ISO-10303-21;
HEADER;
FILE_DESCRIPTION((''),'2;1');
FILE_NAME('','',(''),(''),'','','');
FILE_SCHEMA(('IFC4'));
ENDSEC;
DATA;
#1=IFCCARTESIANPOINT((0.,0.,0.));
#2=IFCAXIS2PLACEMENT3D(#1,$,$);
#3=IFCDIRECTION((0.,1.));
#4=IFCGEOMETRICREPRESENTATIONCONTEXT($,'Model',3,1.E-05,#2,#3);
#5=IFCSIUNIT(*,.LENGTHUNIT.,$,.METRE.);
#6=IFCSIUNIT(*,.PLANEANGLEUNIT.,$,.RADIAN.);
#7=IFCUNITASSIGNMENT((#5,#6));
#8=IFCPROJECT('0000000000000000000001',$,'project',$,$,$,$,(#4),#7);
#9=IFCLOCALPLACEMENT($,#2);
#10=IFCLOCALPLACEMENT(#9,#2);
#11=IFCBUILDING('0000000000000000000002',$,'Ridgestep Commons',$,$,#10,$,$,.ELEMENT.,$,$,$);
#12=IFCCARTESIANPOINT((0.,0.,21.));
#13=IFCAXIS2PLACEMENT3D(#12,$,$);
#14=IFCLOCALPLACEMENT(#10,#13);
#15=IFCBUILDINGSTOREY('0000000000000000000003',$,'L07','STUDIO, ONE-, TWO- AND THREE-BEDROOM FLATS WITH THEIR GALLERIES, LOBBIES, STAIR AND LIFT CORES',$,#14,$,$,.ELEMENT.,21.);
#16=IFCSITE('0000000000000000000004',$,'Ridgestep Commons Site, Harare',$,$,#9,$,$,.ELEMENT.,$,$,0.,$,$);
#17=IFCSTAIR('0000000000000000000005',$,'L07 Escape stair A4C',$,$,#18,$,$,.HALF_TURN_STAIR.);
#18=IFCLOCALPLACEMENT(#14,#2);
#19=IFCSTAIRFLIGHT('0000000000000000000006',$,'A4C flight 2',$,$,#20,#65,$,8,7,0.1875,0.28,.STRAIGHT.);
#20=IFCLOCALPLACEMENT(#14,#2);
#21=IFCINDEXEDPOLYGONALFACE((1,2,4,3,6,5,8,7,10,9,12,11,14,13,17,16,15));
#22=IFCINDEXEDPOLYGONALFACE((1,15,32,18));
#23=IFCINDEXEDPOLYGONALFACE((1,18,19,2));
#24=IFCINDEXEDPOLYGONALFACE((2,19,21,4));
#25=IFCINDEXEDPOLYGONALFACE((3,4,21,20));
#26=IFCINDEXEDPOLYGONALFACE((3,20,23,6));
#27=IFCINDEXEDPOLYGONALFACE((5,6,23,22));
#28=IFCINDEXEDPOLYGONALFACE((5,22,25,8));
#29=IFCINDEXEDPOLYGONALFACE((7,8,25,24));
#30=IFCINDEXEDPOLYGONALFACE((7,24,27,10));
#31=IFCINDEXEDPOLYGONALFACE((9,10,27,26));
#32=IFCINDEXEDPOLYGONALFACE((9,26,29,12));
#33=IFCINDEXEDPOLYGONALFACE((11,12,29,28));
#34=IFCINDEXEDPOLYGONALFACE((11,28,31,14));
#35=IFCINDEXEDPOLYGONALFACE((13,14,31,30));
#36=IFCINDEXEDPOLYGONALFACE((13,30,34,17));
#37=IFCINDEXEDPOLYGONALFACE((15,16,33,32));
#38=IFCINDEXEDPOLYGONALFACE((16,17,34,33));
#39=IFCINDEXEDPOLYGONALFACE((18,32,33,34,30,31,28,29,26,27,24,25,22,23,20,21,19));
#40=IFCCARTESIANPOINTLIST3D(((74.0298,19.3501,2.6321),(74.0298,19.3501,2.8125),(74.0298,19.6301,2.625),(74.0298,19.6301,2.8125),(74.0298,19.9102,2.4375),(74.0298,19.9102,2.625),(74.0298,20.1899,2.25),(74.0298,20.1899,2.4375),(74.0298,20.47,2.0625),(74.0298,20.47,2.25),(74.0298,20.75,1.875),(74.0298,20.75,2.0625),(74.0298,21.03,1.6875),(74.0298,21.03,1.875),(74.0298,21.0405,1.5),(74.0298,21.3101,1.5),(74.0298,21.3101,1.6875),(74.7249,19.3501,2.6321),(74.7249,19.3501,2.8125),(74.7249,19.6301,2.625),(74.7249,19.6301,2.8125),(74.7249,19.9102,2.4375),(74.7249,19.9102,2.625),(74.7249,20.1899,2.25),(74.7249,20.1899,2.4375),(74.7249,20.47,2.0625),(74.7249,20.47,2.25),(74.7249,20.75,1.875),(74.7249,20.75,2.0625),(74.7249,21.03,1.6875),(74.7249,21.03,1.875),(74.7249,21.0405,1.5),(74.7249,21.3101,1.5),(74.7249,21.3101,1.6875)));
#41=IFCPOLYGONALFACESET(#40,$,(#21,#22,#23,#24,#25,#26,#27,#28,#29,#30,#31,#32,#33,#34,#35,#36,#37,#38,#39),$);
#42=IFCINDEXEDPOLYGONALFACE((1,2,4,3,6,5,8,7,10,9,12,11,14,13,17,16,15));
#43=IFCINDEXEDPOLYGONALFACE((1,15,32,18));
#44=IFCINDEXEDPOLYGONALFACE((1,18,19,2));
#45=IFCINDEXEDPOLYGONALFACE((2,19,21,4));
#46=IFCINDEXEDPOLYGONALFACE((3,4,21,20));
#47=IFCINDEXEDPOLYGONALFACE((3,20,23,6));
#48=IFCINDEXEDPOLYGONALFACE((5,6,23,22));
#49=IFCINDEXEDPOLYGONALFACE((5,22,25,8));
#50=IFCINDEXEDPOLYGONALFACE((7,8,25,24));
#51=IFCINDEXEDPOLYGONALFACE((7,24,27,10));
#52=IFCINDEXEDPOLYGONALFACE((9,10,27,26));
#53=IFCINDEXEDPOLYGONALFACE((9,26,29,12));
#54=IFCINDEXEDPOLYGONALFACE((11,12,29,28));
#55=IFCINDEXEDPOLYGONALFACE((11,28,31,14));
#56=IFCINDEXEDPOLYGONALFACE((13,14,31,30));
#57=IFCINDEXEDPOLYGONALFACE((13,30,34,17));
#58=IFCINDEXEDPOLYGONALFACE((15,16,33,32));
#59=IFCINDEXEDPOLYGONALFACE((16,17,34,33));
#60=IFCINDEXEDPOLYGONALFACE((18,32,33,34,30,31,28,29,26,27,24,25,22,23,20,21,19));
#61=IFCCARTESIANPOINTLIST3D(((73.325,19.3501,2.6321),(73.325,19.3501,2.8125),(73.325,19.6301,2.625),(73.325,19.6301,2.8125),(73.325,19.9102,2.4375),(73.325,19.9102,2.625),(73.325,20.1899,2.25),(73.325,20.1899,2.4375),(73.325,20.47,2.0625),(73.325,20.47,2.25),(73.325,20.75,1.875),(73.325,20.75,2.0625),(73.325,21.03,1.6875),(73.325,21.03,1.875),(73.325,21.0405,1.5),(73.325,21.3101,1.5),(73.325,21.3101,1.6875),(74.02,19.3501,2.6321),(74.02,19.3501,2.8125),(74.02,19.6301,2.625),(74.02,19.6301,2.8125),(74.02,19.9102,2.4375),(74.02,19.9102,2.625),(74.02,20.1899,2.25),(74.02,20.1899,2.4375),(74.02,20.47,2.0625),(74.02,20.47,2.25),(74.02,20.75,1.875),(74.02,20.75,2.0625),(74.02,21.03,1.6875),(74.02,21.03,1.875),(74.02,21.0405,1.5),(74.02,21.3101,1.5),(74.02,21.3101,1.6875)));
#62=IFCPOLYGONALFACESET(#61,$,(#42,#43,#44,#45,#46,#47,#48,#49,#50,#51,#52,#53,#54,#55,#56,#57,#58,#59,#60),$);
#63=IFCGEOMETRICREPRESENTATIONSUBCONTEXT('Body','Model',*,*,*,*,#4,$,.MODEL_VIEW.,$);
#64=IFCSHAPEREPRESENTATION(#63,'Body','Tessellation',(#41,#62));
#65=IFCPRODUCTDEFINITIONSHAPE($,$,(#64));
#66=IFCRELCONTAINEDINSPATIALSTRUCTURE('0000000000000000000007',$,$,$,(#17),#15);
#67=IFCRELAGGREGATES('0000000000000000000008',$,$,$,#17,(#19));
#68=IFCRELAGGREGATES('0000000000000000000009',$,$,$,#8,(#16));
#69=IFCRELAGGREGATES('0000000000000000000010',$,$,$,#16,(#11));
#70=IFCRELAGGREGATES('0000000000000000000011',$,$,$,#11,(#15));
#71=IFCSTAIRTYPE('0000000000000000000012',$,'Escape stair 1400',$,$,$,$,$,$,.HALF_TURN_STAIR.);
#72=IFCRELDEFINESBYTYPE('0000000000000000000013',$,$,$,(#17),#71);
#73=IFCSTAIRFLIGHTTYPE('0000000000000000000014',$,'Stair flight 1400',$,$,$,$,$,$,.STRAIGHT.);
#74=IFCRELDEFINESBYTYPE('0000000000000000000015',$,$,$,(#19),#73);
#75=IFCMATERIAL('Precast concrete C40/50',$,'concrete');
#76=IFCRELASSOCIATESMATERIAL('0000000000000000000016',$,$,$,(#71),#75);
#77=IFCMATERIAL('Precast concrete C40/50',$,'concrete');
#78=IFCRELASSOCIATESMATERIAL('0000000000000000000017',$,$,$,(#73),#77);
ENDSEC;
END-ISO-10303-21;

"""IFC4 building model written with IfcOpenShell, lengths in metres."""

from ifc_helpers import new_model, si_unit, direction, frame, origin, place, context, subcontext, project, spatial, polyline, outline, extrude, material, type_object, element, aggregate, save


model = new_model("IFC4")

# Units and contexts
model_context = context("Model", 3, precision=1e-05, world=origin(), true_north=direction((0.0, 1.0)))
body_context = subcontext(model_context, "Body", "Model", "MODEL_VIEW")
ifc_project = project(units=[si_unit("LENGTHUNIT", "METRE"), si_unit("PLANEANGLEUNIT", "RADIAN")], contexts=[model_context])

# Site, building, storey
site_placement = place(None, origin())
site = spatial("IfcSite", under=ifc_project, at=site_placement, Name="Ridgestep Commons Site, Harare", CompositionType="ELEMENT", RefElevation=0.0)
building_placement = place(site_placement, origin())
building = spatial("IfcBuilding", under=site, at=building_placement, Name="Ridgestep Commons", CompositionType="ELEMENT")
storey_placement = place(building_placement, frame((0.0, 0.0, 21.0)))
storey = spatial("IfcBuildingStorey", under=building, at=storey_placement, Name="L07", Description="STUDIO, ONE-, TWO- AND THREE-BEDROOM FLATS WITH THEIR GALLERIES, LOBBIES, STAIR AND LIFT CORES", CompositionType="ELEMENT", Elevation=21.0)

# Stair, stair flight
ifc_material_1 = material(Name="Precast concrete C40/50", Category="concrete")
stair_type = type_object("IfcStairType", Name="Escape stair 1400", PredefinedType="HALF_TURN_STAIR", material=ifc_material_1)
stair_placement = place(storey_placement, origin())
stair = element("IfcStair", 1, at=stair_placement, inside=storey, type_object=stair_type, Name="L07 Escape stair A4C", PredefinedType="HALF_TURN_STAIR")
ifc_material_2 = material(Name="Precast concrete C40/50", Category="concrete")
stair_flight_type = type_object("IfcStairFlightType", Name="Stair flight 1400", PredefinedType="STRAIGHT", material=ifc_material_2)
stair_flight_placement = place(storey_placement, frame((74.0249, 21.3101, 1.5), z_axis=(0.0, 0.0, 1.0), x_axis=(0.0, -1.0, 0.0)))
stair_flight = element("IfcStairFlight", 2, at=stair_flight_placement, type_object=stair_flight_type, Name="A4C flight 2", NumberOfRisers=8, NumberOfTreads=7, PredefinedType="STRAIGHT", RiserHeight=0.1875, TreadLength=0.28, context=body_context, shape_type="SweptSolid", body=[
    extrude(outline(polyline([(0.0, 0.0), (0.0, 0.1875), (0.28, 0.1875), (0.28, 0.375), (0.5601, 0.375), (0.5601, 0.5625), (0.8401, 0.5625), (0.8401, 0.75), (1.1201, 0.75), (1.1201, 0.9375), (1.3999, 0.9375), (1.3999, 1.125), (1.6799, 1.125), (1.6799, 1.3125), (1.96, 1.3125), (1.96, 1.5), (1.96, 1.1321), (0.2695, 0.0), (0.0, 0.0)])), frame((0.0, 0.7, 0.0), z_axis=(0.0, -1.0, 0.0), x_axis=(1.0, 0.0, 0.0)), (0.0, 0.0, 1.0), 0.6951),
    extrude(outline(polyline([(0.0, 0.0), (0.0, 0.1875), (0.28, 0.1875), (0.28, 0.375), (0.5601, 0.375), (0.5601, 0.5625), (0.8401, 0.5625), (0.8401, 0.75), (1.1201, 0.75), (1.1201, 0.9375), (1.3999, 0.9375), (1.3999, 1.125), (1.6799, 1.125), (1.6799, 1.3125), (1.96, 1.3125), (1.96, 1.5), (1.96, 1.1321), (0.2695, 0.0), (0.0, 0.0)])), frame((0.0, -0.0049, 0.0), z_axis=(0.0, -1.0, 0.0), x_axis=(1.0, 0.0, 0.0)), (0.0, 0.0, 1.0), 0.6951),
])
aggregate(stair, [stair_flight])

save(model, "model.ifc")
